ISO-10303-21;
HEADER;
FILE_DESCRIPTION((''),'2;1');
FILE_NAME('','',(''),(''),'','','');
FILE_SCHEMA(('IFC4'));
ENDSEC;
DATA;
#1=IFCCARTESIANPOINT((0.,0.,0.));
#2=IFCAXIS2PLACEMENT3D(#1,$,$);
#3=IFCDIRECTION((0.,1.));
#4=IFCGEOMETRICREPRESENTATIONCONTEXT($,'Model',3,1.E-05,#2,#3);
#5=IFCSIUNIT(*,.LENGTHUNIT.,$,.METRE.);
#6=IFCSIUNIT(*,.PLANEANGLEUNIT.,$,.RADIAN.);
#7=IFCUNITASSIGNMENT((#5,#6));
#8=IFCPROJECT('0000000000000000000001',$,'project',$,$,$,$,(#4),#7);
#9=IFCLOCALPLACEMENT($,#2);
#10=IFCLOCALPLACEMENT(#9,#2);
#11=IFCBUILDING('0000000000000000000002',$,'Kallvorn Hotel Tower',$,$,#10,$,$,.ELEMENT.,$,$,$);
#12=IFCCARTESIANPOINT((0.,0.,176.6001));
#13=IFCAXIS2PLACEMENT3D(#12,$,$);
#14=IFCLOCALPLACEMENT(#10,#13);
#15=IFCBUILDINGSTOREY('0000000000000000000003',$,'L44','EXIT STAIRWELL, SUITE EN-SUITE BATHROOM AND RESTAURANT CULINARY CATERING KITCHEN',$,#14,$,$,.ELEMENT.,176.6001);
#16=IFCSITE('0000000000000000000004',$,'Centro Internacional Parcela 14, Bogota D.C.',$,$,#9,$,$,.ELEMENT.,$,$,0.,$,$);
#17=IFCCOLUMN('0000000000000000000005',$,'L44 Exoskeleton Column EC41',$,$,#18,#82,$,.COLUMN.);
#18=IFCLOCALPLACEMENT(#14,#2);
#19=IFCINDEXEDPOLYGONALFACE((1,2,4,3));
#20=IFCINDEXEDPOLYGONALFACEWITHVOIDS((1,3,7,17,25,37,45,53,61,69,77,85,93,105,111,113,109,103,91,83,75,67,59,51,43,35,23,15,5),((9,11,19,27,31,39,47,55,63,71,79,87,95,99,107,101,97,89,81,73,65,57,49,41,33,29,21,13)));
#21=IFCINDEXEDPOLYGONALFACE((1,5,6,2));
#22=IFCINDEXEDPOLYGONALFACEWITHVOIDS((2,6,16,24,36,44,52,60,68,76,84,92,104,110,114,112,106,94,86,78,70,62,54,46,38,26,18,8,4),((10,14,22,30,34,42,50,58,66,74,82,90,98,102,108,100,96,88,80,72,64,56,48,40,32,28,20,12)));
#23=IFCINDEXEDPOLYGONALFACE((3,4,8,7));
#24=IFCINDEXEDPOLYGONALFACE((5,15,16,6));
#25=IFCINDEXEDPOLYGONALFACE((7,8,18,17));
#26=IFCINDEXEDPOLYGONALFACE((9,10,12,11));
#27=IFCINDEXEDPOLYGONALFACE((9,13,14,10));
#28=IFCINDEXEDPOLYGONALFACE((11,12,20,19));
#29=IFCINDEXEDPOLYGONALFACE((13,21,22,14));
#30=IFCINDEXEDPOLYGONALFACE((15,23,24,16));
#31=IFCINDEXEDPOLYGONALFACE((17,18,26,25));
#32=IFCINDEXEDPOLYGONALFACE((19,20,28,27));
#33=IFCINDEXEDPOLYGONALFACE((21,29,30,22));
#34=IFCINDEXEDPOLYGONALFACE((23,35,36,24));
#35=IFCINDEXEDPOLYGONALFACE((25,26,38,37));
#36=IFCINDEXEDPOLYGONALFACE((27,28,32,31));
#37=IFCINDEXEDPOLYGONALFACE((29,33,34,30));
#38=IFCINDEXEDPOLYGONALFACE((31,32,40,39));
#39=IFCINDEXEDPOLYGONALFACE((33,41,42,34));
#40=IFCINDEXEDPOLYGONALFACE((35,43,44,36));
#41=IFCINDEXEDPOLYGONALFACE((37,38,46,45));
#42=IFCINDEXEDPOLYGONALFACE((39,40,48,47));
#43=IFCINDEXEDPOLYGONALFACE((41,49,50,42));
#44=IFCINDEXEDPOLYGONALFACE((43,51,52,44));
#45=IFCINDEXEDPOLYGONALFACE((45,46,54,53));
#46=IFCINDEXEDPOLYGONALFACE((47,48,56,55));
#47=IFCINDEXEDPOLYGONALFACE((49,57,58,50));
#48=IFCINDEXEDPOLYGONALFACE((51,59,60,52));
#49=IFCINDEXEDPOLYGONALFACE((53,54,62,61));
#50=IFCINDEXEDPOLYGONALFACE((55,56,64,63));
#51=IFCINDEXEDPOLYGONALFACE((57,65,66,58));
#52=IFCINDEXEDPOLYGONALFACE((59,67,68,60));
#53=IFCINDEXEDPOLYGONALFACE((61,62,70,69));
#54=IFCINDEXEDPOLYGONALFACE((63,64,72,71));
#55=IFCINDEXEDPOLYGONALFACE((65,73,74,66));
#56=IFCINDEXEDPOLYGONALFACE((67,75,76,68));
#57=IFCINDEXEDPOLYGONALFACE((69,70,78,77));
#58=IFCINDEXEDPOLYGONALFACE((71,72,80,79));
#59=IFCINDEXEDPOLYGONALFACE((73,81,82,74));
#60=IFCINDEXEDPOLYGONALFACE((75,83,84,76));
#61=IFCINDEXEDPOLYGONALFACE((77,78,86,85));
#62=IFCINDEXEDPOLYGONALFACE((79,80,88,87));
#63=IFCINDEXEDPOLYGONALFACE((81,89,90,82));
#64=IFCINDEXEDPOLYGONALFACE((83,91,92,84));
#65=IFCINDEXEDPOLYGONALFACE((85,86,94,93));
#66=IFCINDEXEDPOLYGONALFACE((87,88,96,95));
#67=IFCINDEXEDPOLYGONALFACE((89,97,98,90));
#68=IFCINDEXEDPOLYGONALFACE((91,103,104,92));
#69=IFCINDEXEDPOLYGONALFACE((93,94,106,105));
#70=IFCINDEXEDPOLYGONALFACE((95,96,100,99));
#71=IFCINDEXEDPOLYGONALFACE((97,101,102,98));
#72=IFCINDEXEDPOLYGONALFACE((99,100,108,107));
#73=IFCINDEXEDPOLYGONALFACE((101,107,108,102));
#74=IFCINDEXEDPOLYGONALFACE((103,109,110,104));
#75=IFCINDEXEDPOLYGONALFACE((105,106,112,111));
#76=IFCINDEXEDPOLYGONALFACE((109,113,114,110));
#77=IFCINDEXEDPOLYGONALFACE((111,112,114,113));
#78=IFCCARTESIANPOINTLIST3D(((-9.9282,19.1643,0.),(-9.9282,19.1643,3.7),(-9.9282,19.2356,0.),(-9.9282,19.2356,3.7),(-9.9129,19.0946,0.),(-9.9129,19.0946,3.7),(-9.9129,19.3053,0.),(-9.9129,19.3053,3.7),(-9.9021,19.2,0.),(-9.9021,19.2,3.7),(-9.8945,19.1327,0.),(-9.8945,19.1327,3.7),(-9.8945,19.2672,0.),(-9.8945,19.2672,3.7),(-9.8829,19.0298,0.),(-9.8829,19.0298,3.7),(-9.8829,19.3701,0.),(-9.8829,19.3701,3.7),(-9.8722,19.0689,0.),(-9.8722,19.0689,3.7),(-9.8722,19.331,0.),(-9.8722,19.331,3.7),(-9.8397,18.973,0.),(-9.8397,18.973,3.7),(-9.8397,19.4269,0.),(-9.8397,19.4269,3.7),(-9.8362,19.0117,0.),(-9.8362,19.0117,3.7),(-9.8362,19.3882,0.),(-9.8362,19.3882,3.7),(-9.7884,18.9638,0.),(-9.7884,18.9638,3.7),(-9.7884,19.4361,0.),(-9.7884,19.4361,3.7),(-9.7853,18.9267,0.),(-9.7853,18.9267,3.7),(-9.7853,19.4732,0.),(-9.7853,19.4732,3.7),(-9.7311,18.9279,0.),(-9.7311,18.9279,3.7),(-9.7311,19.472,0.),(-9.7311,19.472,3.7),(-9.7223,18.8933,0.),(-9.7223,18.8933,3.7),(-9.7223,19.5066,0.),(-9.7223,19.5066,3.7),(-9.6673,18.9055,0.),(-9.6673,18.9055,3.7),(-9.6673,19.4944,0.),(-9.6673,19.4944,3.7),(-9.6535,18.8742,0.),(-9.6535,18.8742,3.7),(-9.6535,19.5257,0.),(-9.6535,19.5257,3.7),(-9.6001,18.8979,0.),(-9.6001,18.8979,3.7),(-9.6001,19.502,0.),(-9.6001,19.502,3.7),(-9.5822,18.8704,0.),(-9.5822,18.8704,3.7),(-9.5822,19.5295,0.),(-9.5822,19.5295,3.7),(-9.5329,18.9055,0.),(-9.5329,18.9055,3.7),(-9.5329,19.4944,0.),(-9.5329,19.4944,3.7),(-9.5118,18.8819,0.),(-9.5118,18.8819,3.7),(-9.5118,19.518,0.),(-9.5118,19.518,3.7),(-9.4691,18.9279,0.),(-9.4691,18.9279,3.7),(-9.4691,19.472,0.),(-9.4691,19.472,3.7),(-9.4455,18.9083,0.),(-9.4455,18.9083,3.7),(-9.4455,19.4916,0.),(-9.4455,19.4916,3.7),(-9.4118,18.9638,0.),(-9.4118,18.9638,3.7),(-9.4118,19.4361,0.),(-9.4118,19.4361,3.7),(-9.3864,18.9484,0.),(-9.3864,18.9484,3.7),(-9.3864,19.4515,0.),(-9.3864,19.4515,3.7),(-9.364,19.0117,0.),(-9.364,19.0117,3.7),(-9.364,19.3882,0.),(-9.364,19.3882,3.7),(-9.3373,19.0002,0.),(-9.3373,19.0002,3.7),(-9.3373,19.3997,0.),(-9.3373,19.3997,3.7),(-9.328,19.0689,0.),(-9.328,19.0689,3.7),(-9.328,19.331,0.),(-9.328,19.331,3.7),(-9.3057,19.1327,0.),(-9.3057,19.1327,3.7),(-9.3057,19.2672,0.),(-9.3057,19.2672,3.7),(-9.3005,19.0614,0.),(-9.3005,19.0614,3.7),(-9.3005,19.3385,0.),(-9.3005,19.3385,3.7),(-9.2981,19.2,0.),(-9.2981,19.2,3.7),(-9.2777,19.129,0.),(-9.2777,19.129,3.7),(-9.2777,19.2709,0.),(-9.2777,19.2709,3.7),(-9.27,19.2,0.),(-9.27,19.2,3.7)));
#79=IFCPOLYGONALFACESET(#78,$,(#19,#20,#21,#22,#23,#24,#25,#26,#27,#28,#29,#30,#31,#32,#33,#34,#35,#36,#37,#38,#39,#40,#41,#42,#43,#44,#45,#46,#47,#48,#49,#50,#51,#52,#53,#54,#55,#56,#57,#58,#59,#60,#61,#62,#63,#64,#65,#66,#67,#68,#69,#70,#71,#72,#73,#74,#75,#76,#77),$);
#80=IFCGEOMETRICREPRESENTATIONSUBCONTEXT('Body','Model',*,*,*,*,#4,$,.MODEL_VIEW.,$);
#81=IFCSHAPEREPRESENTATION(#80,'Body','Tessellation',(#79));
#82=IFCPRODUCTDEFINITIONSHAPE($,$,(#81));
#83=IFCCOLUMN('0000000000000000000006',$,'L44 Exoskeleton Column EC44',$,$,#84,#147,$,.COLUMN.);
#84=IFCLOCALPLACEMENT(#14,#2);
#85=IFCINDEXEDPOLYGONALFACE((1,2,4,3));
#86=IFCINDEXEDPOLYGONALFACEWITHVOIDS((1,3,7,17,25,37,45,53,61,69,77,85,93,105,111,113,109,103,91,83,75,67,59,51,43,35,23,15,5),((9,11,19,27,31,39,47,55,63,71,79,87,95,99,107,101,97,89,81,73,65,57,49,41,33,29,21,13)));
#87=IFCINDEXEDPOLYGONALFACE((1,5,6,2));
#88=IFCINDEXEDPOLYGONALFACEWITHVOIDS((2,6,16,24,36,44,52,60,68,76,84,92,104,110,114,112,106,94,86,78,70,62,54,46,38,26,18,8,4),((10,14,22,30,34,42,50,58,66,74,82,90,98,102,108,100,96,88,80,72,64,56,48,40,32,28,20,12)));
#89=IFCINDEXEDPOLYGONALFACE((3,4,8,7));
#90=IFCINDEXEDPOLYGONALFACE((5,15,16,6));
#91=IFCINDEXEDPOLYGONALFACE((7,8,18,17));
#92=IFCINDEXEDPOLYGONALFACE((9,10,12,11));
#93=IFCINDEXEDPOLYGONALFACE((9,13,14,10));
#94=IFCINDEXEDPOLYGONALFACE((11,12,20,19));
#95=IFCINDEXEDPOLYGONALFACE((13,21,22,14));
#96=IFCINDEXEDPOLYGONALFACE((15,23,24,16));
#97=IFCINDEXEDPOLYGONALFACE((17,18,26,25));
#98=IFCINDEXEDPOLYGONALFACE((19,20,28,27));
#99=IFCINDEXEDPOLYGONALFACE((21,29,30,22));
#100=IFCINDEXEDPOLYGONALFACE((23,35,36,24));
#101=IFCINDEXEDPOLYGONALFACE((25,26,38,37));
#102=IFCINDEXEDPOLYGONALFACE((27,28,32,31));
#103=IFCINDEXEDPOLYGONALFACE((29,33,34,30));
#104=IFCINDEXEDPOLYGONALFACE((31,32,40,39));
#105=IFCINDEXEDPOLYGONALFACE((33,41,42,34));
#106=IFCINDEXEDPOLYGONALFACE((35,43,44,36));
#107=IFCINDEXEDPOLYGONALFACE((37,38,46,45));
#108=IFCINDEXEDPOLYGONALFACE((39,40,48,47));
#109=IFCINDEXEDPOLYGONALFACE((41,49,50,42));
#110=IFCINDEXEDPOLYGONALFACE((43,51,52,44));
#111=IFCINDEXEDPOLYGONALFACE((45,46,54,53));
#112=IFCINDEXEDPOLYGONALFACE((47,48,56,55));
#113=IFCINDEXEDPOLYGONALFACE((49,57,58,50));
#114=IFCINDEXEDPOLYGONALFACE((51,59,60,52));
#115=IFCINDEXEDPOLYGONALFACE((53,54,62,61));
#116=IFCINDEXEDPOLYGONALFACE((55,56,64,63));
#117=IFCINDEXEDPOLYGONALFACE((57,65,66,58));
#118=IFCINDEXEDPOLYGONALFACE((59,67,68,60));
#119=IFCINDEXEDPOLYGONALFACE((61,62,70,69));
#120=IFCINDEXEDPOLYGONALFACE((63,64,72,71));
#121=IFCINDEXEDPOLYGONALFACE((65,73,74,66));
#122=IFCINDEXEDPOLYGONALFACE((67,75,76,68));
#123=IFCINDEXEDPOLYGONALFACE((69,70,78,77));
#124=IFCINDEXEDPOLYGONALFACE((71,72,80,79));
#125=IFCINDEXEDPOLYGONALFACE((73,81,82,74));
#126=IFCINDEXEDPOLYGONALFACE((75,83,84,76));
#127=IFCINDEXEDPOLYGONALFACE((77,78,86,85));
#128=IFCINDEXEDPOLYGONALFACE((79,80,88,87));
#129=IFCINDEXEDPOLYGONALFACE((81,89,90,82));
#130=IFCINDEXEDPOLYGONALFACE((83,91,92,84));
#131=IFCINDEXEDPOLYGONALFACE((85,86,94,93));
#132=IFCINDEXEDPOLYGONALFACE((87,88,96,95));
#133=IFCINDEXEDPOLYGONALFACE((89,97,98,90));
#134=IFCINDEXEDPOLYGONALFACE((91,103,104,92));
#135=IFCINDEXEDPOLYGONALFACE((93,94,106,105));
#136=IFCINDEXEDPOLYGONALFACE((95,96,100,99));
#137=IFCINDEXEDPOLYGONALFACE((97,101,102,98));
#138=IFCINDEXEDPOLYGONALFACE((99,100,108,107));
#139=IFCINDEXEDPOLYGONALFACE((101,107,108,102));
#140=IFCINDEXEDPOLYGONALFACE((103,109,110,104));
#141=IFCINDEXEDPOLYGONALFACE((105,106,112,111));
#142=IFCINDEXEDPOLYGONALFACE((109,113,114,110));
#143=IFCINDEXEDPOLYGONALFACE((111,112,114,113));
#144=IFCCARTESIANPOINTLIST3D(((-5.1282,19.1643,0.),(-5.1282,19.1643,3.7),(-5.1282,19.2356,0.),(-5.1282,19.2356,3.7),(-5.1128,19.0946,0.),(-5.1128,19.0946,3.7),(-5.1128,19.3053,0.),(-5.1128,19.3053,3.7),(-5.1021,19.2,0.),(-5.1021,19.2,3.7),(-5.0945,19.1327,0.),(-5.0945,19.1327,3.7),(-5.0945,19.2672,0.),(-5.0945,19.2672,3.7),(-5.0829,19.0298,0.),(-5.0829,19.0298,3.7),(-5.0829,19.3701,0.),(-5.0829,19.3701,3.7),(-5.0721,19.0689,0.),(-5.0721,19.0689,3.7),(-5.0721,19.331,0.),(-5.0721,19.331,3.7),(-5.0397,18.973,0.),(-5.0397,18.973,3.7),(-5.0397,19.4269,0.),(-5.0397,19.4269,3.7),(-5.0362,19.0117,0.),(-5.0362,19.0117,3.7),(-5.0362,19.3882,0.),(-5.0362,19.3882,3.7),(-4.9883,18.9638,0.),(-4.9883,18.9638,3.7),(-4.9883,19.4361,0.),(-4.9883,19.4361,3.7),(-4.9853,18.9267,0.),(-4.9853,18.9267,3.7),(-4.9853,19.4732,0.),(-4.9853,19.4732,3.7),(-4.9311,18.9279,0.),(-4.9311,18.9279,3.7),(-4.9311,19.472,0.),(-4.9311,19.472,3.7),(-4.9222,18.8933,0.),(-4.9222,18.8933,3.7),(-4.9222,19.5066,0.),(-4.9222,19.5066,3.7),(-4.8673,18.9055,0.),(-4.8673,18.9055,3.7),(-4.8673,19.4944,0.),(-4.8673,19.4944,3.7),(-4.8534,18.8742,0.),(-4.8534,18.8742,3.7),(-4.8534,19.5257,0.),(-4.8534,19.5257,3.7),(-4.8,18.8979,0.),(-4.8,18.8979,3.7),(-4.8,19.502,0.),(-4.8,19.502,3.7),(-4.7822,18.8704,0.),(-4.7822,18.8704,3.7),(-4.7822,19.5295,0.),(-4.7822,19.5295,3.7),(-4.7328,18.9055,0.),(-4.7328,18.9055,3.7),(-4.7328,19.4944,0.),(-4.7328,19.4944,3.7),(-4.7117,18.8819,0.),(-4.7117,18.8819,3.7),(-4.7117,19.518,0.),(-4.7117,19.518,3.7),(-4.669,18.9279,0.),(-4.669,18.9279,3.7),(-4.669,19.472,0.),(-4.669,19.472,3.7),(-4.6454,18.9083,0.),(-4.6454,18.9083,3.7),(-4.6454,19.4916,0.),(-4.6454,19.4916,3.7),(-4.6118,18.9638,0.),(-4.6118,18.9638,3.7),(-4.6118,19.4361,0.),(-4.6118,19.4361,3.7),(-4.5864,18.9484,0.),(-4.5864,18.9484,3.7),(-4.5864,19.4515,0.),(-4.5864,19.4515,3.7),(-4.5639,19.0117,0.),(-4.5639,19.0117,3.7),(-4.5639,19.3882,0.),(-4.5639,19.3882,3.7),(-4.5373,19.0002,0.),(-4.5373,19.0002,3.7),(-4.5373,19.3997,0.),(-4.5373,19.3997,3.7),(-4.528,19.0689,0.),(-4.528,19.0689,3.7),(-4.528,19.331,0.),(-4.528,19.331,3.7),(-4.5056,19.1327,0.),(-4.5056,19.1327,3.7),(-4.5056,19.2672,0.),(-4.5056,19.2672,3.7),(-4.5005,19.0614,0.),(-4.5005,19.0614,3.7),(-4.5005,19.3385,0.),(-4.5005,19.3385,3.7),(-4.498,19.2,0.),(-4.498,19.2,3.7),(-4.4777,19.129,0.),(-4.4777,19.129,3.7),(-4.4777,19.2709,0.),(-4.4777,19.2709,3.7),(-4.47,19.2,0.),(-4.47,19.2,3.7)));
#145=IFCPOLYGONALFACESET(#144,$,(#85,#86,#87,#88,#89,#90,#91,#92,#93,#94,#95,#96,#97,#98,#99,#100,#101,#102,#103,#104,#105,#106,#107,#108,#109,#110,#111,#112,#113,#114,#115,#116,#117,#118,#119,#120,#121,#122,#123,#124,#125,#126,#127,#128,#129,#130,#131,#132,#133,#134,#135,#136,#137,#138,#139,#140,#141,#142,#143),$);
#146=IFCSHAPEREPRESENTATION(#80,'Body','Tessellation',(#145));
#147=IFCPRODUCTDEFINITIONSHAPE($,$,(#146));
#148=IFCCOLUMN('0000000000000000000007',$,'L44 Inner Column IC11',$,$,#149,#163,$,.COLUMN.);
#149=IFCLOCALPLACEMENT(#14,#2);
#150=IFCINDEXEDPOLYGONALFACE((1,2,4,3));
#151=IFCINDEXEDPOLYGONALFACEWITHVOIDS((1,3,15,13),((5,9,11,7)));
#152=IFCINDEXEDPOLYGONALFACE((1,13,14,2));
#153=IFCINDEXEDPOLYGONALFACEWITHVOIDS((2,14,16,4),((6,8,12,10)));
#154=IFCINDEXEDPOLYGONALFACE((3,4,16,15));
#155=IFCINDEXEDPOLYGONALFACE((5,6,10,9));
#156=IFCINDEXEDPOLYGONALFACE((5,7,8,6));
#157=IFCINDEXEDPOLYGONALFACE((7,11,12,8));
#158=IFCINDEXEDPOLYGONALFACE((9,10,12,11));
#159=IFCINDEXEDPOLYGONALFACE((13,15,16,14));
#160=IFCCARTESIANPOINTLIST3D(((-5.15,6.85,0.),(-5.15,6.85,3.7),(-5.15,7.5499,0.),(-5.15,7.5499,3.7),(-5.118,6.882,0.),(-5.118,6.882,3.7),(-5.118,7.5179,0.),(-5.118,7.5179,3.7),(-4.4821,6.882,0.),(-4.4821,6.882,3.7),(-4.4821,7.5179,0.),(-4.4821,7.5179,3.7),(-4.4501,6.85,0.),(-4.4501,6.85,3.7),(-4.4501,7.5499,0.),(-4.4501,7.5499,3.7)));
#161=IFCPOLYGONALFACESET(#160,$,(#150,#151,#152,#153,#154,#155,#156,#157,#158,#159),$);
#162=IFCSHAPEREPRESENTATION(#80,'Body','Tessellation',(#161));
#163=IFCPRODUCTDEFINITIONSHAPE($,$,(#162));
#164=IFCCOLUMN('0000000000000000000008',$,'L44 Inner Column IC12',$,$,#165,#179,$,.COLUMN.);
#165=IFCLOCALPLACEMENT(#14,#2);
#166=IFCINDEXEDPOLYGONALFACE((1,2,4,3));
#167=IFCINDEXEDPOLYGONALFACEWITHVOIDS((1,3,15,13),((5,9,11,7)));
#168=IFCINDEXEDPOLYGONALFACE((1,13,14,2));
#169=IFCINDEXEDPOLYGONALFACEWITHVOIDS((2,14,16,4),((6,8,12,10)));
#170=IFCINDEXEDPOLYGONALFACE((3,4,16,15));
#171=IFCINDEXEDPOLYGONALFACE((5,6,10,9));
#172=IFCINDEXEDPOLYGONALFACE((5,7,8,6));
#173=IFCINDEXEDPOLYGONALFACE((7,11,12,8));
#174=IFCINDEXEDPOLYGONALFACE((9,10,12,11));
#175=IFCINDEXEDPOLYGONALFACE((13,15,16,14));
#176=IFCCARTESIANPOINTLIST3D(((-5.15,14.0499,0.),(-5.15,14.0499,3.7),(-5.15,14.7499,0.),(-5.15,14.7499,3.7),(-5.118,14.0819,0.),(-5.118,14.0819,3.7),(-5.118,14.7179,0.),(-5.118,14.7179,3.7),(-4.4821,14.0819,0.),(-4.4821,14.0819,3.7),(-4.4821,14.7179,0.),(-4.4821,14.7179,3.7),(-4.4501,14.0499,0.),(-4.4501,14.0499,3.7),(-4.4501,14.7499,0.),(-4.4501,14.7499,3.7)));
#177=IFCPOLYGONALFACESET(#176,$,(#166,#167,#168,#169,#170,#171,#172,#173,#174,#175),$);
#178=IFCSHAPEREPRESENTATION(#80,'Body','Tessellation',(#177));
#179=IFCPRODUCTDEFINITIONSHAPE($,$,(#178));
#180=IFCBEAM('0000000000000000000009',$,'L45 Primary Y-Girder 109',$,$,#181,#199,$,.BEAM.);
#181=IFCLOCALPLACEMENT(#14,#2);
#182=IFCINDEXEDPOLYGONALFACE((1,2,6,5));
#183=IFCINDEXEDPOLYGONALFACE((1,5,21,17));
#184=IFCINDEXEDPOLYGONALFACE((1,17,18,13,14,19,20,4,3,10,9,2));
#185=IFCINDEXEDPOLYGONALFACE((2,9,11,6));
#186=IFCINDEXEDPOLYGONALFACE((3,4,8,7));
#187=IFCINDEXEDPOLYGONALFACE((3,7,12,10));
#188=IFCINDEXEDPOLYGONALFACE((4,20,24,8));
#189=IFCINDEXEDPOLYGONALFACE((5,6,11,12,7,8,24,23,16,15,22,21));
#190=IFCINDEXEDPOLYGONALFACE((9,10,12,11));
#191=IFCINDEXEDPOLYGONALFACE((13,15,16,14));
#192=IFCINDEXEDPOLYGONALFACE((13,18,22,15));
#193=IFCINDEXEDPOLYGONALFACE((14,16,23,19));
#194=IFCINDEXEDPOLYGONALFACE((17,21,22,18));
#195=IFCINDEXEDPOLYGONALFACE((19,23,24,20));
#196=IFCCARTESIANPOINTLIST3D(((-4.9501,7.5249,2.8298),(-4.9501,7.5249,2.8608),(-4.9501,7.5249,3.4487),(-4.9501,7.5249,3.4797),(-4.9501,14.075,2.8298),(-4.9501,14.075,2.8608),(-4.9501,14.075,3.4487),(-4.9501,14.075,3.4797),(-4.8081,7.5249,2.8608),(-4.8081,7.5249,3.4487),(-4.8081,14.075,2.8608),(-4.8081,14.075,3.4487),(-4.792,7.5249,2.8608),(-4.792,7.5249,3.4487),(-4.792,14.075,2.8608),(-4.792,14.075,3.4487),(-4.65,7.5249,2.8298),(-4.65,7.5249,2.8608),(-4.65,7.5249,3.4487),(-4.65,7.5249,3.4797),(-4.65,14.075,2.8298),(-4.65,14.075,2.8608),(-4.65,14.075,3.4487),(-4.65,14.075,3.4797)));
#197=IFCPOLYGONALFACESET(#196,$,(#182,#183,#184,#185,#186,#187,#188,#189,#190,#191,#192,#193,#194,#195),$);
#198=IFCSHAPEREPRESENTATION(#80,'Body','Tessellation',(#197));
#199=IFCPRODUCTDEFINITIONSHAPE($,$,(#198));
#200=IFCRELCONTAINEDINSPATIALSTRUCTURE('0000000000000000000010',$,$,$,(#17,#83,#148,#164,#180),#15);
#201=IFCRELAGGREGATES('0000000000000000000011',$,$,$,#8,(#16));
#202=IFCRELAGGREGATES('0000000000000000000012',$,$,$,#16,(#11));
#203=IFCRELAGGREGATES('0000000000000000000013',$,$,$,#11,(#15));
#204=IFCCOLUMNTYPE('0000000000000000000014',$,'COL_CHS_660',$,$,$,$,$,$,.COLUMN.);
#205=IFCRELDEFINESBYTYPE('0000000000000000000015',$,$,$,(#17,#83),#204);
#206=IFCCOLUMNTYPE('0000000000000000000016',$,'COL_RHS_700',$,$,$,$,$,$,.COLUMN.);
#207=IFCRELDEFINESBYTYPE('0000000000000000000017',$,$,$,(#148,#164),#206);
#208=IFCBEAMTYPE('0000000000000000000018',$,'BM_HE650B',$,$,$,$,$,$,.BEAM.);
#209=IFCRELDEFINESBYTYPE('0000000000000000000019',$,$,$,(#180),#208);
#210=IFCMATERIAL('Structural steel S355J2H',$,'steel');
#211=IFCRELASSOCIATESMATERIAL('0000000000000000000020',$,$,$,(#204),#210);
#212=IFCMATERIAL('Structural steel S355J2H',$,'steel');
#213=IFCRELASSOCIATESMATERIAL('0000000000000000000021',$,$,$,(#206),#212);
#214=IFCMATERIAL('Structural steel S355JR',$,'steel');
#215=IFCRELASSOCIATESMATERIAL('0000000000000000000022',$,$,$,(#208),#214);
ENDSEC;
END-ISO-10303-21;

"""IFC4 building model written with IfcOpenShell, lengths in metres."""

from ifc_helpers import new_model, si_unit, direction, frame, origin, origin_2d, place, context, subcontext, project, spatial, hollow_rectangle, hollow_circle, i_section, extrude, material, material_profile, profile_set, type_object, element, save


model = new_model("IFC4")

# Units and contexts
model_context = context("Model", 3, precision=1e-05, world=origin(), true_north=direction((0.0, 1.0)))
body_context = subcontext(model_context, "Body", "Model", "MODEL_VIEW")
ifc_project = project(units=[si_unit("LENGTHUNIT", "METRE"), si_unit("PLANEANGLEUNIT", "RADIAN")], contexts=[model_context])

# Site, building, storey
site_placement = place(None, origin())
site = spatial("IfcSite", under=ifc_project, at=site_placement, Name="Centro Internacional Parcela 14, Bogota D.C.", CompositionType="ELEMENT", RefElevation=0.0)
building_placement = place(site_placement, origin())
building = spatial("IfcBuilding", under=site, at=building_placement, Name="Kallvorn Hotel Tower", CompositionType="ELEMENT")
storey_placement = place(building_placement, frame((0.0, 0.0, 176.6001)))
storey = spatial("IfcBuildingStorey", under=building, at=storey_placement, Name="L44", Description="EXIT STAIRWELL, SUITE EN-SUITE BATHROOM AND RESTAURANT CULINARY CATERING KITCHEN", CompositionType="ELEMENT", Elevation=176.6001)

# Columns
ifc_material_1 = material(Name="Structural steel S355J2H", Category="steel")
ifc_material_profile_1 = material_profile(ifc_material_1, hollow_circle(Radius=0.3301, WallThickness=0.0281, at=origin_2d()), Name="CHS 660x28")
ifc_profile_set_1 = profile_set([ifc_material_profile_1], Name="Structural steel S355J2H")
column_type_1 = type_object("IfcColumnType", Name="COL_CHS_660", PredefinedType="COLUMN", material=ifc_profile_set_1)
for number, where, z_axis, x_axis, name in (
    (1, (-9.6001, 19.2, 0.0), (0.0, 0.0, 1.0), (1.0, 0.0, 0.0), "L44 Exoskeleton Column EC41"),
    (2, (-4.8, 19.2, 0.0), (0.0, 0.0, 1.0), (1.0, 0.0, 0.0), "L44 Exoskeleton Column EC44"),
):
    element("IfcColumn", number, at=place(storey_placement, frame(where, z_axis=z_axis, x_axis=x_axis)), inside=storey, type_object=column_type_1, Name=name, PredefinedType="COLUMN", context=body_context, shape_type="SweptSolid", body=[
        extrude(hollow_circle(Radius=0.3301, WallThickness=0.0281, at=origin_2d()), origin(), (0.0, 0.0, 1.0), 3.7),
    ])
ifc_material_2 = material(Name="Structural steel S355J2H", Category="steel")
ifc_material_profile_2 = material_profile(ifc_material_2, hollow_rectangle(XDim=0.7, YDim=0.7, WallThickness=0.032, at=origin_2d()), Name="RHS 700x700x32")
ifc_profile_set_2 = profile_set([ifc_material_profile_2], Name="Structural steel S355J2H")
column_type_2 = type_object("IfcColumnType", Name="COL_RHS_700", PredefinedType="COLUMN", material=ifc_profile_set_2)
for number, where, z_axis, x_axis, name in (
    (3, (-4.8, 7.2, 0.0), (0.0, 0.0, 1.0), (1.0, 0.0, 0.0), "L44 Inner Column IC11"),
    (4, (-4.8, 14.3999, 0.0), (0.0, 0.0, 1.0), (1.0, 0.0, 0.0), "L44 Inner Column IC12"),
):
    element("IfcColumn", number, at=place(storey_placement, frame(where, z_axis=z_axis, x_axis=x_axis)), inside=storey, type_object=column_type_2, Name=name, PredefinedType="COLUMN", context=body_context, shape_type="SweptSolid", body=[
        extrude(hollow_rectangle(XDim=0.7, YDim=0.7, WallThickness=0.032, at=origin_2d()), origin(), (0.0, 0.0, 1.0), 3.7),
    ])

# Beam
ifc_material_3 = material(Name="Structural steel S355JR", Category="steel")
ifc_material_profile_3 = material_profile(ifc_material_3, i_section(OverallWidth=0.3, OverallDepth=0.6499, WebThickness=0.0161, FlangeThickness=0.031, at=origin_2d()), Name="HE 650 B")
ifc_profile_set_3 = profile_set([ifc_material_profile_3], Name="Structural steel S355JR")
beam_type_1 = type_object("IfcBeamType", Name="BM_HE650B", PredefinedType="BEAM", material=ifc_profile_set_3)
beam_1_placement = place(storey_placement, frame((-4.8, 7.5249, 3.1548), z_axis=(0.0, 1.0, 0.0), x_axis=(-1.0, 0.0, 0.0)))
element("IfcBeam", 5, at=beam_1_placement, inside=storey, type_object=beam_type_1, Name="L45 Primary Y-Girder 109", PredefinedType="BEAM", context=body_context, shape_type="SweptSolid", body=[
    extrude(i_section(OverallWidth=0.3, OverallDepth=0.6499, WebThickness=0.0161, FlangeThickness=0.031, at=origin_2d()), origin(), (0.0, 0.0, 1.0), 6.55),
])

save(model, "model.ifc")
